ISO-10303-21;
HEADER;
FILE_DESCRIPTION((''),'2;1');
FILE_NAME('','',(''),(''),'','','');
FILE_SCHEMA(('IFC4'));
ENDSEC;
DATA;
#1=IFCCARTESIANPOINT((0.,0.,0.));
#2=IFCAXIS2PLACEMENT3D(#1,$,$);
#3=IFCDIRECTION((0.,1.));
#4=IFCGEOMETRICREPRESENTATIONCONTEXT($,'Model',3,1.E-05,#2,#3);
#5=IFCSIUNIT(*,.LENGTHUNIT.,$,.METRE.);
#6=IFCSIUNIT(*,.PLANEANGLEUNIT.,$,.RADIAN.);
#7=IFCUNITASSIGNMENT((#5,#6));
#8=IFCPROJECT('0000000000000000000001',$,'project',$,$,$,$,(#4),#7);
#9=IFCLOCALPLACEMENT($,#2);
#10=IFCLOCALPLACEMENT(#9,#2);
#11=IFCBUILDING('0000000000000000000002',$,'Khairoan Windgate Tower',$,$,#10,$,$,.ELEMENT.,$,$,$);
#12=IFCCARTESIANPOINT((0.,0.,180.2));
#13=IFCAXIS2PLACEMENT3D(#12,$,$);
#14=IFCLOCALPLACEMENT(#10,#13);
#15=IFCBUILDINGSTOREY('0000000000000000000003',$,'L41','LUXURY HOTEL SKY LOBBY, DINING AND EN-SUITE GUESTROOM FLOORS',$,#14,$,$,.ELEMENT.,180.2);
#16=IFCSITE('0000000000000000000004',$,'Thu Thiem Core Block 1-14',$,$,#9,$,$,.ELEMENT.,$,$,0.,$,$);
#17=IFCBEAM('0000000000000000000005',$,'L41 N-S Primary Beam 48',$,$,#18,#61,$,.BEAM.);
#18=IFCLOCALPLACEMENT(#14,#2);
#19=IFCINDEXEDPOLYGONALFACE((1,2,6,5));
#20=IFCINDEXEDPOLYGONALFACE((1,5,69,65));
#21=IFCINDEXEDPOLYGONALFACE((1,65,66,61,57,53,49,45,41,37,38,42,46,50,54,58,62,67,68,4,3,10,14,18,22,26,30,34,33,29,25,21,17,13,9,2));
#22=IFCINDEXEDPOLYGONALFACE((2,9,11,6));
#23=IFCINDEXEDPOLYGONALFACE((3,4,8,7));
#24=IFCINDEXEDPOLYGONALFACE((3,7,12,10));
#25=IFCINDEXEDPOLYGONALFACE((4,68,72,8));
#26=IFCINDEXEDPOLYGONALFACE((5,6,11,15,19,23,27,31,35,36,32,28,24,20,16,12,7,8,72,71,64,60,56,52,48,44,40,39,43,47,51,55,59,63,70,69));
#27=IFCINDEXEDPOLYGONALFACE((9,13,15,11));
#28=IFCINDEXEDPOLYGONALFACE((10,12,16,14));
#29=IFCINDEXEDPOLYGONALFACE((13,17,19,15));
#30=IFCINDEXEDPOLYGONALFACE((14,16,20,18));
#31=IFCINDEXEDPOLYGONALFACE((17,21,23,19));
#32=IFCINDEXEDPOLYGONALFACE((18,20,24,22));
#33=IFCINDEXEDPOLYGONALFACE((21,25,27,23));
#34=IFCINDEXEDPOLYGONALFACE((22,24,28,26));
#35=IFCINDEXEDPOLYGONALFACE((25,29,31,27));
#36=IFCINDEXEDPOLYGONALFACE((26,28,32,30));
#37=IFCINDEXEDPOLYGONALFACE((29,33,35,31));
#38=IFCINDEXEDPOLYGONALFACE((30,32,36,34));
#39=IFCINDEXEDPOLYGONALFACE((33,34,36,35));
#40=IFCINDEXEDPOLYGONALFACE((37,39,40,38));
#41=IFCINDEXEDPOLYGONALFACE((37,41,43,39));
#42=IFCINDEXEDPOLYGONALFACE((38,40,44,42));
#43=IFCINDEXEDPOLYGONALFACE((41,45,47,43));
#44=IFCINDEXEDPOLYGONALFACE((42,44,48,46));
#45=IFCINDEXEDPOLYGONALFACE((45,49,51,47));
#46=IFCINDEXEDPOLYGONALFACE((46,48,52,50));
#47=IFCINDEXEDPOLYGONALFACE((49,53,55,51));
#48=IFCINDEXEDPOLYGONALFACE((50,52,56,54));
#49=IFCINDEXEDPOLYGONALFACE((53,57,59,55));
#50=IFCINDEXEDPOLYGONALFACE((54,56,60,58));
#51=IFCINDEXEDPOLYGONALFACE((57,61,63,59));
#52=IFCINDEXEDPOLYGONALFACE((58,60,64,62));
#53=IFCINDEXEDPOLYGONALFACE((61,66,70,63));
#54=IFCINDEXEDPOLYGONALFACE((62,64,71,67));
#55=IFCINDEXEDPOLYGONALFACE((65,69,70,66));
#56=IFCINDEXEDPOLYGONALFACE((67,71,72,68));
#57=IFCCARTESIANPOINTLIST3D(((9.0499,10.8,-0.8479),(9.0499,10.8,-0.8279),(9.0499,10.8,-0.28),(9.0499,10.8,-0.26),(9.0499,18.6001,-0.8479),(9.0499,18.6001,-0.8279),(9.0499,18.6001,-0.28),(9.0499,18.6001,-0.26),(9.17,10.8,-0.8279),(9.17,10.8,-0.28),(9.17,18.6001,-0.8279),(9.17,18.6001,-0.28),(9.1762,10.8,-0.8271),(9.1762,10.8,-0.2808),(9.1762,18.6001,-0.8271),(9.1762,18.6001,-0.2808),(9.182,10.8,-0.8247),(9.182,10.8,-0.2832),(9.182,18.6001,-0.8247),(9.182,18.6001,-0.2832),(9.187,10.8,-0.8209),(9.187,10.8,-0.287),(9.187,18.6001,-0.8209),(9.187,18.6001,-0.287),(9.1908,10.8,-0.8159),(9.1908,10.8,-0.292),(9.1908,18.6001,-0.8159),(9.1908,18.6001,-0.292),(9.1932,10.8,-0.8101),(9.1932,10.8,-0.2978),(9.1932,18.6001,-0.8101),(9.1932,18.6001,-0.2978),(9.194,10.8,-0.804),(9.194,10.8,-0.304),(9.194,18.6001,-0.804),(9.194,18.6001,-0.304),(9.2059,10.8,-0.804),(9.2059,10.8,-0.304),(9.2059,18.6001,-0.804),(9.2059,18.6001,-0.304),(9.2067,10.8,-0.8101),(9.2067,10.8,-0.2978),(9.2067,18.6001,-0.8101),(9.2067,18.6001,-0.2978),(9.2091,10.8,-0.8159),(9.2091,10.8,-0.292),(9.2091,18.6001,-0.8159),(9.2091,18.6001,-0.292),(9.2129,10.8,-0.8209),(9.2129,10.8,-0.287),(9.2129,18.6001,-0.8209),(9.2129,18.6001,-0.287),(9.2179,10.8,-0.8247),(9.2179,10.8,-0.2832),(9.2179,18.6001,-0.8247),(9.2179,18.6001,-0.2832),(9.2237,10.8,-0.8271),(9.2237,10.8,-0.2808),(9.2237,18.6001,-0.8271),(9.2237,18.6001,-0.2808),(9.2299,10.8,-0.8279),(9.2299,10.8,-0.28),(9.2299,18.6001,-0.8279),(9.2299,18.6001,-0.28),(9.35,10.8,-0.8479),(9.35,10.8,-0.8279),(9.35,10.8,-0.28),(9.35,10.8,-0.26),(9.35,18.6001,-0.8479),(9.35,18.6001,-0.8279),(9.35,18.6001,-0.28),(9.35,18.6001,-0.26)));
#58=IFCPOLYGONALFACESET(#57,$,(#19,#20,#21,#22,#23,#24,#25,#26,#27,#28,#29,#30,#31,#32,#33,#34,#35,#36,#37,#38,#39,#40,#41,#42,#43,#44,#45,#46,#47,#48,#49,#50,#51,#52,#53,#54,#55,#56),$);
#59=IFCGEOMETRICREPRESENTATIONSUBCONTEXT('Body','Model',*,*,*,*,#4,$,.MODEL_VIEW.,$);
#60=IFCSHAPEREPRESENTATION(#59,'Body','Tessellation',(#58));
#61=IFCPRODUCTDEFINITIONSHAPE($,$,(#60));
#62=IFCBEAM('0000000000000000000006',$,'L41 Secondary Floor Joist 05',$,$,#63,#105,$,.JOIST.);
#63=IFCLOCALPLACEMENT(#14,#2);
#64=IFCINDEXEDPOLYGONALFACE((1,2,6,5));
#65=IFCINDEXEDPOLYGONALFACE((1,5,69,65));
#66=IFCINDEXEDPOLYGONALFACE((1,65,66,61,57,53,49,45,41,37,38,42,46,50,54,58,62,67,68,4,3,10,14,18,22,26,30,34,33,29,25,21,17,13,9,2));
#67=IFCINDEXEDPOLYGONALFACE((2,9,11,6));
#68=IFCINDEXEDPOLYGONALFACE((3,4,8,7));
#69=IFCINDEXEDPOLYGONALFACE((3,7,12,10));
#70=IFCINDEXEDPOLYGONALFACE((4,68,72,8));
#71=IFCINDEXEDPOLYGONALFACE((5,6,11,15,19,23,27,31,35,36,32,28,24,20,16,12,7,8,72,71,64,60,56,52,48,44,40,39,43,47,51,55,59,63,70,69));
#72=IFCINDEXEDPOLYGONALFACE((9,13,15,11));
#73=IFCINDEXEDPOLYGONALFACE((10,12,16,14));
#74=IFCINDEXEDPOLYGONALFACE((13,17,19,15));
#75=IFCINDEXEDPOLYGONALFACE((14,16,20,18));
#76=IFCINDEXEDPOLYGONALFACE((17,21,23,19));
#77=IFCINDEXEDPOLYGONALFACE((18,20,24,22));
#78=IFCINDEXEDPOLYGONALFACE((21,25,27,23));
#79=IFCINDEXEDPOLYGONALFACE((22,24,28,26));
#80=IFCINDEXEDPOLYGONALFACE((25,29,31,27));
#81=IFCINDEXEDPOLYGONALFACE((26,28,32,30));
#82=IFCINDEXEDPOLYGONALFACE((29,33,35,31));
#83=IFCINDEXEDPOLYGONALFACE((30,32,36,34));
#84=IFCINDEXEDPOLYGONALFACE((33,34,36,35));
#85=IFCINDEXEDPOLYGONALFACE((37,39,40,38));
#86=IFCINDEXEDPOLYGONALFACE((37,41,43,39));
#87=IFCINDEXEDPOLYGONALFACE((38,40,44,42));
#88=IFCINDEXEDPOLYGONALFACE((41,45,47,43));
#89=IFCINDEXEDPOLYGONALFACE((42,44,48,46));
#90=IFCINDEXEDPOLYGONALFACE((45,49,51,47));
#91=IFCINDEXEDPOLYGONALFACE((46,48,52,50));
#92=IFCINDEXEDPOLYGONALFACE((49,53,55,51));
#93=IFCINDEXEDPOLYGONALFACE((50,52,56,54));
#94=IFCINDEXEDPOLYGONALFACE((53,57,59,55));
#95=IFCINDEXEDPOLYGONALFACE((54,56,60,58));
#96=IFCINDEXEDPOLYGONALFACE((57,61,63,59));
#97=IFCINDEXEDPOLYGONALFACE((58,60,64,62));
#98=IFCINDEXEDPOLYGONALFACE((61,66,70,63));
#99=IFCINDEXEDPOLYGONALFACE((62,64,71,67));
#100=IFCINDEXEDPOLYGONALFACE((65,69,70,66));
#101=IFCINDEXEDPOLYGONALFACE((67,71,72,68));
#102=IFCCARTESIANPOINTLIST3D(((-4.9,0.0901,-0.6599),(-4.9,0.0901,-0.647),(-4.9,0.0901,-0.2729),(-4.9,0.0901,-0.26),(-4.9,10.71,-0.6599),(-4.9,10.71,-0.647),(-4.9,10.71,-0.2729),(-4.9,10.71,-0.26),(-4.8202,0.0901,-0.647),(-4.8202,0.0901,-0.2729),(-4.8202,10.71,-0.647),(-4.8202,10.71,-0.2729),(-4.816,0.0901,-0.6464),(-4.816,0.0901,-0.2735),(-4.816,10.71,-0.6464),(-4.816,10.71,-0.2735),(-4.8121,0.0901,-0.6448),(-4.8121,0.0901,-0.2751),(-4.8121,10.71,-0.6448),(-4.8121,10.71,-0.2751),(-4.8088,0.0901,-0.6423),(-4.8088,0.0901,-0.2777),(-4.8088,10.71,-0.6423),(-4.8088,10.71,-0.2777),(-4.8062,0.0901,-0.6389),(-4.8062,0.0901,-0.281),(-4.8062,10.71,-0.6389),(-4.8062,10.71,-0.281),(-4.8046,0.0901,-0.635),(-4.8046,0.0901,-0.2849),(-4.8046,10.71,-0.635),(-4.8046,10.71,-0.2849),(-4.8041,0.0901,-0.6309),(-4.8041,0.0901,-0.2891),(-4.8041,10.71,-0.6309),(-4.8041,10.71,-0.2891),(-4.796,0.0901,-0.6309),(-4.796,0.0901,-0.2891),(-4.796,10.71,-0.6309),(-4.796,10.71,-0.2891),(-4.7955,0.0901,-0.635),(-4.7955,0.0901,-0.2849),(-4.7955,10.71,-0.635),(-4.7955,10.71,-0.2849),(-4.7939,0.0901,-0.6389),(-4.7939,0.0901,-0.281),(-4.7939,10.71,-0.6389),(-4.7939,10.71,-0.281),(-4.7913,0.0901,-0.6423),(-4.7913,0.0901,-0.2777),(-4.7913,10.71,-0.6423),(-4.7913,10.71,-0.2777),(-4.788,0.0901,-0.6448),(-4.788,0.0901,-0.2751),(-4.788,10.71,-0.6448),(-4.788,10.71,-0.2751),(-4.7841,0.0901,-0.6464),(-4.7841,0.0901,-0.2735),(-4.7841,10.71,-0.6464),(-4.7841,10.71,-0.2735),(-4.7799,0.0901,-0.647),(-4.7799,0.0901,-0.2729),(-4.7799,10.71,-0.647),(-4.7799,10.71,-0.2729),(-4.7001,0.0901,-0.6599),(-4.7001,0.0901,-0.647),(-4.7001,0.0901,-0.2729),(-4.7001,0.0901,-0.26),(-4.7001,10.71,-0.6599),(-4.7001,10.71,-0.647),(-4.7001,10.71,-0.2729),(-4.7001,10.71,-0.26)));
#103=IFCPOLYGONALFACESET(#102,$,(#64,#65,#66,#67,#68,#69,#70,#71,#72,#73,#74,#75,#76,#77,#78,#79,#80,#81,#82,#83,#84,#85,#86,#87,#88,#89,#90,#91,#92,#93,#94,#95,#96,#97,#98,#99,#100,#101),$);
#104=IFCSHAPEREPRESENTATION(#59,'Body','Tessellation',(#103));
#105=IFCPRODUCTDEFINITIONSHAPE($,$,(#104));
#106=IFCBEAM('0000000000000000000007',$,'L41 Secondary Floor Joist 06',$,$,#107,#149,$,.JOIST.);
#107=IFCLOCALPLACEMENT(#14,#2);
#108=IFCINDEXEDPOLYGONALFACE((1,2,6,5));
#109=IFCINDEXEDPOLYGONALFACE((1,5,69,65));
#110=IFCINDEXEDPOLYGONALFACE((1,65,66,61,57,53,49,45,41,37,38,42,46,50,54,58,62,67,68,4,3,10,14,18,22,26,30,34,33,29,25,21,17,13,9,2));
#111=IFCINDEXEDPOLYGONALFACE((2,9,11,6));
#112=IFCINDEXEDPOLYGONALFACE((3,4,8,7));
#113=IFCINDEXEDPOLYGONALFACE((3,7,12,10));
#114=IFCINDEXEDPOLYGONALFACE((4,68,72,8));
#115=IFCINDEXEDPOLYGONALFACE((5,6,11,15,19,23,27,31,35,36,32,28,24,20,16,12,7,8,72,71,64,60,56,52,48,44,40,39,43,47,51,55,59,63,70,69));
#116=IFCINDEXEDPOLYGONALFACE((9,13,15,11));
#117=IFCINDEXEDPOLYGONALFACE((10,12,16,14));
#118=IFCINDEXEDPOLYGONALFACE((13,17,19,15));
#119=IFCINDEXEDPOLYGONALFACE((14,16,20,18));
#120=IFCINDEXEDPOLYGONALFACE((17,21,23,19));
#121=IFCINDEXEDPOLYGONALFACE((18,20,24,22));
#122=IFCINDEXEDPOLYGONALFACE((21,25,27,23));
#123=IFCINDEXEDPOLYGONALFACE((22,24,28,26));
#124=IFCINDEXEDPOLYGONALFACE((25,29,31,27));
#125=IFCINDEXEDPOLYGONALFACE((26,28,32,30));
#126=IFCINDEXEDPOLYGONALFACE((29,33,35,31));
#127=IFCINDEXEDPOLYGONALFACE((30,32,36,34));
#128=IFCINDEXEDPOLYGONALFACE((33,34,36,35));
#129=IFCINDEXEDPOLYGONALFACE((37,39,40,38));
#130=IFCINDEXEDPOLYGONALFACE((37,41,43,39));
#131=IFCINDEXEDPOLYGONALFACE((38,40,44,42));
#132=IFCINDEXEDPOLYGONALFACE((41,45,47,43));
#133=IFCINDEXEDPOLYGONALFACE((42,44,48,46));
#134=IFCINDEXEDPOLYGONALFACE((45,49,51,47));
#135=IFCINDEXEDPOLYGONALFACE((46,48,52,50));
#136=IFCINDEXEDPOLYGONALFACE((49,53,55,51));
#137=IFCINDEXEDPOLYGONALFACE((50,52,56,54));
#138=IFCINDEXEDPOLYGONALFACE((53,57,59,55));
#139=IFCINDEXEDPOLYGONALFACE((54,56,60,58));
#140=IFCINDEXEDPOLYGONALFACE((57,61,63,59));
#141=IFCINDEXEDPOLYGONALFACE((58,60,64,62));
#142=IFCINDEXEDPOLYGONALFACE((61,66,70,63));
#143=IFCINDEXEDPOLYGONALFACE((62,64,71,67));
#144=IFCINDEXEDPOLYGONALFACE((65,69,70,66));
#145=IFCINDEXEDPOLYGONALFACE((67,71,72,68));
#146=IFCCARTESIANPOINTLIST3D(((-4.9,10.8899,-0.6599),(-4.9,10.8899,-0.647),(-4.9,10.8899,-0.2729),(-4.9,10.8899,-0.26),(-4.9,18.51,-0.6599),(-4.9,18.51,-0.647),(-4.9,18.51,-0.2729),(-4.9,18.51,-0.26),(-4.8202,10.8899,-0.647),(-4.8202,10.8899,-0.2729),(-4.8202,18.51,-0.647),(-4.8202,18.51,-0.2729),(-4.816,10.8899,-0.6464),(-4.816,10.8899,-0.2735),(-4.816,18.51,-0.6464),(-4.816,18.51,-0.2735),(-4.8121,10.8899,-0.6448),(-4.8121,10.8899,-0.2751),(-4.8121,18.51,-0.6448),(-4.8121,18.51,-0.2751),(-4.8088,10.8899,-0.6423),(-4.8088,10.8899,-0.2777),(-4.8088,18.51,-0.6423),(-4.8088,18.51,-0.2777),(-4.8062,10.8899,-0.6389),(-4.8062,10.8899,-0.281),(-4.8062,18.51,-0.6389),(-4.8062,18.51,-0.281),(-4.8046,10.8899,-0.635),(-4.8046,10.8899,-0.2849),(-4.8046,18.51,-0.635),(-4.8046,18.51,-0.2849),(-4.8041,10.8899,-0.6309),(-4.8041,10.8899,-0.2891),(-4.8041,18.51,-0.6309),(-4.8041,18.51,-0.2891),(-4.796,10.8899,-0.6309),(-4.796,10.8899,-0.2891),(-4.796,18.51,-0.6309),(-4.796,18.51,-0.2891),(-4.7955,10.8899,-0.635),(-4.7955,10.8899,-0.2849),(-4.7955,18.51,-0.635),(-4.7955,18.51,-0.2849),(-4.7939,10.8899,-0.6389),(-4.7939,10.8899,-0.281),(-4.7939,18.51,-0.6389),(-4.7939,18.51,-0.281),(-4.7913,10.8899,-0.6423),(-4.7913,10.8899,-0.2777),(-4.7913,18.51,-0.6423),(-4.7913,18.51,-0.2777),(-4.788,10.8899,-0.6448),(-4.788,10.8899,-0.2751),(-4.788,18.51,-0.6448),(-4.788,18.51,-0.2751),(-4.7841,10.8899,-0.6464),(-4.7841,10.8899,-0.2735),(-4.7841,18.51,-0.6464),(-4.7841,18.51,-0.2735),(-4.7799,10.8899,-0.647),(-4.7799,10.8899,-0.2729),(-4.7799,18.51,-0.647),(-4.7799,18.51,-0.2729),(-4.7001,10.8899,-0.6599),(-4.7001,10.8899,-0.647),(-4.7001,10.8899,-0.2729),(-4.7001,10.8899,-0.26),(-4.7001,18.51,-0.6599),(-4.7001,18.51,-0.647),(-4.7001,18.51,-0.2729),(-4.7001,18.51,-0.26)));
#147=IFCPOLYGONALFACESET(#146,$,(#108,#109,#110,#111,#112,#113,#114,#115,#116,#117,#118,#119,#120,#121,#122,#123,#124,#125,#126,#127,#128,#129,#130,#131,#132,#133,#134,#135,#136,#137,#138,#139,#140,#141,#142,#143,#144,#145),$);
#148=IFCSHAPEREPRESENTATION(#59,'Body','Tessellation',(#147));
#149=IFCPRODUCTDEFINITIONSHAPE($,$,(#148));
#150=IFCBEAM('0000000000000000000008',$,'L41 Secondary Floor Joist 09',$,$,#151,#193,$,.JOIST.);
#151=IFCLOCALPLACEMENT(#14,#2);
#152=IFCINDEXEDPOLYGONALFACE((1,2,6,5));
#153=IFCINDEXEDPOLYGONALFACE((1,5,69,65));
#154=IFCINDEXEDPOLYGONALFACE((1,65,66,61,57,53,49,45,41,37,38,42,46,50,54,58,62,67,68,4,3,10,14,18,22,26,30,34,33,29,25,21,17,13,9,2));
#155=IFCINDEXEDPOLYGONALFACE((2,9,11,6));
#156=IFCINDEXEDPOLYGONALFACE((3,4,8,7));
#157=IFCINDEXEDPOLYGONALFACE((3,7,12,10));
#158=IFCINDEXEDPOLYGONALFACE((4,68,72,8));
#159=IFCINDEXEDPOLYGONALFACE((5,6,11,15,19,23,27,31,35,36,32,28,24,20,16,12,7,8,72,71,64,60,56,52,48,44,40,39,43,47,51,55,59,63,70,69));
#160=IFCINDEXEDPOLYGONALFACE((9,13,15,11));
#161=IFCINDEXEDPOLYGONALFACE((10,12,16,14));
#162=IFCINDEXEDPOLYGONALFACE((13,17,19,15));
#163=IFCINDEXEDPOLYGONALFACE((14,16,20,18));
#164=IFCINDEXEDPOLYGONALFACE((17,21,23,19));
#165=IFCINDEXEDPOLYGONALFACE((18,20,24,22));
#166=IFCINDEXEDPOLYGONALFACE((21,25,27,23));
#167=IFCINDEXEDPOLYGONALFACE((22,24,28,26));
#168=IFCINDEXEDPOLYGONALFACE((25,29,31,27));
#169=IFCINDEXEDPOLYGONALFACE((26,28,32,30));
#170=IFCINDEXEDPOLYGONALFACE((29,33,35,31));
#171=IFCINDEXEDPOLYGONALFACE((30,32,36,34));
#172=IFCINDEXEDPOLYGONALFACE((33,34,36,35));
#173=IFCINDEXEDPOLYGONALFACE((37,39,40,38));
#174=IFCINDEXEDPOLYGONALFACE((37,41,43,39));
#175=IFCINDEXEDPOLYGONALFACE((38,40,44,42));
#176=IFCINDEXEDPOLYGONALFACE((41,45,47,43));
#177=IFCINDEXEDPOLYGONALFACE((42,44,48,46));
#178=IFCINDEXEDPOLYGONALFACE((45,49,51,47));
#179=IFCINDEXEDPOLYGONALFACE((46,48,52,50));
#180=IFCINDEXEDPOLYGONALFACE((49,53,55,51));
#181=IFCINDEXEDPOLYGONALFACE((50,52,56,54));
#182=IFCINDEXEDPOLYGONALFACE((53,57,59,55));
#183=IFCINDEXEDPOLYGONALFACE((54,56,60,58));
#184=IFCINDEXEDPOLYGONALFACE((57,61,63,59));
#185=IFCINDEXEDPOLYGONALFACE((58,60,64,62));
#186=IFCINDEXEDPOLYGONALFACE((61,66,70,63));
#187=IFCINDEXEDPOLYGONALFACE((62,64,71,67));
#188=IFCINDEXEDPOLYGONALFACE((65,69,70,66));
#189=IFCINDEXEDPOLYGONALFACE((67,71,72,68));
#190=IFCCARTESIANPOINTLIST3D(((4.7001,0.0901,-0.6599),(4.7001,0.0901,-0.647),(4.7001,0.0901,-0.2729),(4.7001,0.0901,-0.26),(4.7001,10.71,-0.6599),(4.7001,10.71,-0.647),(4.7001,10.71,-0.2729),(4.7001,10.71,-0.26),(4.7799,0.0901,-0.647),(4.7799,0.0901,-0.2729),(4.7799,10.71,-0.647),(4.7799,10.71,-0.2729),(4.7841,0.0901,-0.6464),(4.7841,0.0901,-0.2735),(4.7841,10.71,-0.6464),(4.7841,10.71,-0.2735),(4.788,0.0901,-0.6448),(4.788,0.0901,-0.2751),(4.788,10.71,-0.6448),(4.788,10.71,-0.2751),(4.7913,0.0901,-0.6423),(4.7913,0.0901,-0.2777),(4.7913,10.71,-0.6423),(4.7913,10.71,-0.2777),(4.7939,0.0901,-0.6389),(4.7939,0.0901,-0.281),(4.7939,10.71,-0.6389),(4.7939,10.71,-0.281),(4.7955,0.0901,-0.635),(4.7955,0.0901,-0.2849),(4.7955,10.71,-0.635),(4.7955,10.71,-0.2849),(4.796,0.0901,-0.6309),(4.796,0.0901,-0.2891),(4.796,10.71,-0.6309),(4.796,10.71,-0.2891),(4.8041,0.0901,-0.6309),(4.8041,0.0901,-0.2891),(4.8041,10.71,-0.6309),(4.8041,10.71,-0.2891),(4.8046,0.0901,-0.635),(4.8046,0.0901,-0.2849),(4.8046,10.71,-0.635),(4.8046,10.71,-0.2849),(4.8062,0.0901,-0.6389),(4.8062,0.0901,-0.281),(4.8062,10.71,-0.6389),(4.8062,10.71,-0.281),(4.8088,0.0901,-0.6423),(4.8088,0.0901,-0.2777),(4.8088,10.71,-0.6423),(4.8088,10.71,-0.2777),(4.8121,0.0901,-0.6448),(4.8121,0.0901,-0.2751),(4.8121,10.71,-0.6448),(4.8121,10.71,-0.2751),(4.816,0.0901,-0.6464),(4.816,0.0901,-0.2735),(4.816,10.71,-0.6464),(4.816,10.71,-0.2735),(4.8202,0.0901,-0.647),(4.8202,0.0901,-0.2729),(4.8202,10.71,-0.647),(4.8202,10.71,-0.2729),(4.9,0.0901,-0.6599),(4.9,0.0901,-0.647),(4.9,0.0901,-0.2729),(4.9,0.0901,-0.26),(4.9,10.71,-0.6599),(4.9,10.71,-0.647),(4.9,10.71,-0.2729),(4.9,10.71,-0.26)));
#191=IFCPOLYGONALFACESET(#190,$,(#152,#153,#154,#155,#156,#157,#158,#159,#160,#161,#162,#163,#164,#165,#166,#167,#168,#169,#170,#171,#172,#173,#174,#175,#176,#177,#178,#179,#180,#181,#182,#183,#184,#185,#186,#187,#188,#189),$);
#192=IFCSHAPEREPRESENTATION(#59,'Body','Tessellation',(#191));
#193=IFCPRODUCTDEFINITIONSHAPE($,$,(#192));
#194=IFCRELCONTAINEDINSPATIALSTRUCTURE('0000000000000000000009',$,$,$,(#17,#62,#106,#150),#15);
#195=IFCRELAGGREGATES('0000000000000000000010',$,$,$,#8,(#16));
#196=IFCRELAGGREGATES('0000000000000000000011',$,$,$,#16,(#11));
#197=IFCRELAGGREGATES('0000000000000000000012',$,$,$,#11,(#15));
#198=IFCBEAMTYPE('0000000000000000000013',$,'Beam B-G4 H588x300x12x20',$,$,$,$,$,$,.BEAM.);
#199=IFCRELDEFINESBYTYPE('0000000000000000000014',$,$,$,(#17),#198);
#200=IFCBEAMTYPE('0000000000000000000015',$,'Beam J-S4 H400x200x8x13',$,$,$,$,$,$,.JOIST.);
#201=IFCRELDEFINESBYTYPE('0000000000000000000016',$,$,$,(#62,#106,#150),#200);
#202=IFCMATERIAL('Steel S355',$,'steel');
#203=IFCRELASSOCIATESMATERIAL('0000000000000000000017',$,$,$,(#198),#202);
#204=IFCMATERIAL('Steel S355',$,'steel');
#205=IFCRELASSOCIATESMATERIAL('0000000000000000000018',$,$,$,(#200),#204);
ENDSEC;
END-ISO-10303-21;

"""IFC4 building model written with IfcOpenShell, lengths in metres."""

from ifc_helpers import new_model, si_unit, direction, frame, origin, origin_2d, place, context, subcontext, project, spatial, i_section, extrude, material, material_profile, profile_set, type_object, element, save


model = new_model("IFC4")

# Units and contexts
model_context = context("Model", 3, precision=1e-05, world=origin(), true_north=direction((0.0, 1.0)))
body_context = subcontext(model_context, "Body", "Model", "MODEL_VIEW")
ifc_project = project(units=[si_unit("LENGTHUNIT", "METRE"), si_unit("PLANEANGLEUNIT", "RADIAN")], contexts=[model_context])

# Site, building, storey
site_placement = place(None, origin())
site = spatial("IfcSite", under=ifc_project, at=site_placement, Name="Thu Thiem Core Block 1-14", CompositionType="ELEMENT", RefElevation=0.0)
building_placement = place(site_placement, origin())
building = spatial("IfcBuilding", under=site, at=building_placement, Name="Khairoan Windgate Tower", CompositionType="ELEMENT")
storey_placement = place(building_placement, frame((0.0, 0.0, 180.2)))
storey = spatial("IfcBuildingStorey", under=building, at=storey_placement, Name="L41", Description="LUXURY HOTEL SKY LOBBY, DINING AND EN-SUITE GUESTROOM FLOORS", CompositionType="ELEMENT", Elevation=180.2)

# Beams
ifc_material_1 = material(Name="Steel S355", Category="steel")
ifc_material_profile_1 = material_profile(ifc_material_1, i_section(OverallWidth=0.3, OverallDepth=0.5879, WebThickness=0.012, FlangeThickness=0.02, FilletRadius=0.0239, at=origin_2d()))
ifc_profile_set_1 = profile_set([ifc_material_profile_1], Name="Steel S355")
beam_type_1 = type_object("IfcBeamType", Name="Beam B-G4 H588x300x12x20", PredefinedType="BEAM", material=ifc_profile_set_1)
beam_1_placement = place(storey_placement, frame((9.2, 10.8, -0.554), z_axis=(0.0, 1.0, 0.0), x_axis=(-1.0, 0.0, 0.0)))
element("IfcBeam", 1, at=beam_1_placement, inside=storey, type_object=beam_type_1, Name="L41 N-S Primary Beam 48", PredefinedType="BEAM", context=body_context, shape_type="SweptSolid", body=[
    extrude(i_section(OverallWidth=0.3, OverallDepth=0.5879, WebThickness=0.012, FlangeThickness=0.02, FilletRadius=0.0239, at=origin_2d()), origin(), (0.0, 0.0, 1.0), 7.8),
])
ifc_material_2 = material(Name="Steel S355", Category="steel")
ifc_material_profile_2 = material_profile(ifc_material_2, i_section(OverallWidth=0.2, OverallDepth=0.3999, WebThickness=0.0081, FlangeThickness=0.0129, FilletRadius=0.0161, at=origin_2d()))
ifc_profile_set_2 = profile_set([ifc_material_profile_2], Name="Steel S355")
beam_type_2 = type_object("IfcBeamType", Name="Beam J-S4 H400x200x8x13", PredefinedType="JOIST", material=ifc_profile_set_2)
beam_2_placement = place(storey_placement, frame((-4.8, 0.0901, -0.46), z_axis=(0.0, 1.0, 0.0), x_axis=(-1.0, 0.0, 0.0)))
element("IfcBeam", 2, at=beam_2_placement, inside=storey, type_object=beam_type_2, Name="L41 Secondary Floor Joist 05", PredefinedType="JOIST", context=body_context, shape_type="SweptSolid", body=[
    extrude(i_section(OverallWidth=0.2, OverallDepth=0.3999, WebThickness=0.0081, FlangeThickness=0.0129, FilletRadius=0.0161, at=origin_2d()), origin(), (0.0, 0.0, 1.0), 10.6199),
])
beam_3_placement = place(storey_placement, frame((-4.8, 10.8899, -0.46), z_axis=(0.0, 1.0, 0.0), x_axis=(-1.0, 0.0, 0.0)))
element("IfcBeam", 3, at=beam_3_placement, inside=storey, type_object=beam_type_2, Name="L41 Secondary Floor Joist 06", PredefinedType="JOIST", context=body_context, shape_type="SweptSolid", body=[
    extrude(i_section(OverallWidth=0.2, OverallDepth=0.3999, WebThickness=0.0081, FlangeThickness=0.0129, FilletRadius=0.0161, at=origin_2d()), origin(), (0.0, 0.0, 1.0), 7.6201),
])
beam_4_placement = place(storey_placement, frame((4.8, 0.0901, -0.46), z_axis=(0.0, 1.0, 0.0), x_axis=(-1.0, 0.0, 0.0)))
element("IfcBeam", 4, at=beam_4_placement, inside=storey, type_object=beam_type_2, Name="L41 Secondary Floor Joist 09", PredefinedType="JOIST", context=body_context, shape_type="SweptSolid", body=[
    extrude(i_section(OverallWidth=0.2, OverallDepth=0.3999, WebThickness=0.0081, FlangeThickness=0.0129, FilletRadius=0.0161, at=origin_2d()), origin(), (0.0, 0.0, 1.0), 10.6199),
])

save(model, "model.ifc")
